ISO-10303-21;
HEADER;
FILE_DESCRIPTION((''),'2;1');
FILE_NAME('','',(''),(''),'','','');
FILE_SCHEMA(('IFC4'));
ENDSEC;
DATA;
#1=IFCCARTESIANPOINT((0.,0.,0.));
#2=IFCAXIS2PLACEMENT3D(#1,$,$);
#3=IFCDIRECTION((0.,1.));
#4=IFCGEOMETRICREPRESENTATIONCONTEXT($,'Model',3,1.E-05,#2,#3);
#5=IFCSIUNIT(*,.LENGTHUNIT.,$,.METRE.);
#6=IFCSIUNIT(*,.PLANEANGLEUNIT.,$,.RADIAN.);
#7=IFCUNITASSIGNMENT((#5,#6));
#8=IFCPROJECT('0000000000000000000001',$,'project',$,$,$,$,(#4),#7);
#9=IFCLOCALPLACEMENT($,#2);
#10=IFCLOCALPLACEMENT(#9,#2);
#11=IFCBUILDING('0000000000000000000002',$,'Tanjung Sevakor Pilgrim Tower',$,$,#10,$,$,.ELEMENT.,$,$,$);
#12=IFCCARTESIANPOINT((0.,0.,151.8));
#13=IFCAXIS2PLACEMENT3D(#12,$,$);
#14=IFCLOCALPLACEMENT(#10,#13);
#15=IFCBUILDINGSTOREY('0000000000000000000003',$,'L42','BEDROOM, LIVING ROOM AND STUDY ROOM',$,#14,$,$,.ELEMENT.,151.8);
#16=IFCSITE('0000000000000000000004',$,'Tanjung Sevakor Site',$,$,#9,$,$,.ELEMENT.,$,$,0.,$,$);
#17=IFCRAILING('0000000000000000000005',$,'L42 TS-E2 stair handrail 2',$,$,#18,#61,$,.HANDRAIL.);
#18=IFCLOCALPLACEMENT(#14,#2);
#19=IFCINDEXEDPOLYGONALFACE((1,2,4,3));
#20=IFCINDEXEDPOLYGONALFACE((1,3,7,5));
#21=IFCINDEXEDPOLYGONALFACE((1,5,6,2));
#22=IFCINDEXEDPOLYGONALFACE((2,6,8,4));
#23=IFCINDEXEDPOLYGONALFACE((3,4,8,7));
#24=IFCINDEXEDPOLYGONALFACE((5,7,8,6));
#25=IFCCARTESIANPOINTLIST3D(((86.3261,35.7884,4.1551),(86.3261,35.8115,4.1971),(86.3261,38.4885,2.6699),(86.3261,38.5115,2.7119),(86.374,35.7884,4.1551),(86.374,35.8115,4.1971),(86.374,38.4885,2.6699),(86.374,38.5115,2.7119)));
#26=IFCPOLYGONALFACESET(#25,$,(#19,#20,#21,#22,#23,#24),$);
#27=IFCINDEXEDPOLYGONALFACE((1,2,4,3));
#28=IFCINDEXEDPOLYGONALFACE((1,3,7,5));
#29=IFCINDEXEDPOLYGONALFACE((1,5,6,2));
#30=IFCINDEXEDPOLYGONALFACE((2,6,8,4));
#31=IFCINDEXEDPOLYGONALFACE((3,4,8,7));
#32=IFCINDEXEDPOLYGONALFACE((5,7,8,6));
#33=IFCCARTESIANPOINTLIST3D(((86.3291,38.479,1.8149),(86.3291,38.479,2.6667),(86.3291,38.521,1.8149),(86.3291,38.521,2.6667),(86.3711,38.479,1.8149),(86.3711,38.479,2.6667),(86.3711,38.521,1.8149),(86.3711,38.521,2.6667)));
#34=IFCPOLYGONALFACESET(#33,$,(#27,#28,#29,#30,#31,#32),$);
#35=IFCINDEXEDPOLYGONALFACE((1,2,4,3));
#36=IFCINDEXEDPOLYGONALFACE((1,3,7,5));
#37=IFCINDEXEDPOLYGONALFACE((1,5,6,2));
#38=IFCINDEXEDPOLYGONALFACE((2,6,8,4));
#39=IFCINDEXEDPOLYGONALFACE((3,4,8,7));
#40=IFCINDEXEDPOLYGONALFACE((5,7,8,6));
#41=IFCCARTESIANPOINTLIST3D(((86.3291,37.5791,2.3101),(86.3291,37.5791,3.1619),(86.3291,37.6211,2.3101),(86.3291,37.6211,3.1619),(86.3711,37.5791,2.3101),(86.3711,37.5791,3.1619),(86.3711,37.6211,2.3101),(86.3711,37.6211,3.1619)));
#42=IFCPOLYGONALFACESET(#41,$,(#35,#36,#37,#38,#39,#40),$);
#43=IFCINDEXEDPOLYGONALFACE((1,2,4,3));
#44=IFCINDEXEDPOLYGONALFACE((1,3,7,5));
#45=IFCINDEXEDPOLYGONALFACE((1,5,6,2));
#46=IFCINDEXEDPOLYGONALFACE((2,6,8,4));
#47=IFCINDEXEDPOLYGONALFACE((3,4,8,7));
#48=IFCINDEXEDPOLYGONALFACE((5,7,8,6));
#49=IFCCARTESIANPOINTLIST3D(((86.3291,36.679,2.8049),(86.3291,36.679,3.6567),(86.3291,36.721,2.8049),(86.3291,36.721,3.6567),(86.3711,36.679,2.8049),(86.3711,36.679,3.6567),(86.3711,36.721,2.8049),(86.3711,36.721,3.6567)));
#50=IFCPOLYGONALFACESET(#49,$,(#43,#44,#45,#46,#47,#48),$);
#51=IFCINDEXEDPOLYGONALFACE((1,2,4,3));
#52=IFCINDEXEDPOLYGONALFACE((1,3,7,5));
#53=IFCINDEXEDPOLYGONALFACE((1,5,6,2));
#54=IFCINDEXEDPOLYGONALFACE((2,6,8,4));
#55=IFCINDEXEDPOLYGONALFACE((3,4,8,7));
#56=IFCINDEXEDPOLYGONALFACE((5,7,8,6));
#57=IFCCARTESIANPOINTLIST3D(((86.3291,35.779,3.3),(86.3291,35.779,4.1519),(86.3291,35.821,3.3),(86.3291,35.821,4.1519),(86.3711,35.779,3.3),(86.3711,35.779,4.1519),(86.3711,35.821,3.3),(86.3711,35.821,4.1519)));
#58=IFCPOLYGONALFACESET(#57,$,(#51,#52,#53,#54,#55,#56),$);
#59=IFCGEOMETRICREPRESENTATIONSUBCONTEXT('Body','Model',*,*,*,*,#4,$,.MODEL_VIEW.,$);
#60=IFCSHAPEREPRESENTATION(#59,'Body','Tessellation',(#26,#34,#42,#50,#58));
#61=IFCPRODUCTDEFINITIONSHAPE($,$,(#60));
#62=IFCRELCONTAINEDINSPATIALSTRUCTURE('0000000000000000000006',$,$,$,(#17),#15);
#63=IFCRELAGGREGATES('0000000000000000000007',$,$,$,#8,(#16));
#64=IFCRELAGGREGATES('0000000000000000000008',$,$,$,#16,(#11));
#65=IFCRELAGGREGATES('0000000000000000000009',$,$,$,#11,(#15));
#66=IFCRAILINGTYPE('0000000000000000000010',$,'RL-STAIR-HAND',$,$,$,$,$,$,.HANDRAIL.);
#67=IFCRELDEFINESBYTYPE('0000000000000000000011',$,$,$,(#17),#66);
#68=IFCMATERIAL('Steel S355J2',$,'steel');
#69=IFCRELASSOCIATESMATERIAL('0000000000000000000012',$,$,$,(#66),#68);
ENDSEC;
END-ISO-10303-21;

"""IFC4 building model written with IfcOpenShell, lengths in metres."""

from ifc_helpers import new_model, si_unit, direction, frame, origin, place, context, subcontext, project, spatial, rectangle, extrude, material, type_object, element, save


model = new_model("IFC4")

# Units and contexts
model_context = context("Model", 3, precision=1e-05, world=origin(), true_north=direction((0.0, 1.0)))
body_context = subcontext(model_context, "Body", "Model", "MODEL_VIEW")
ifc_project = project(units=[si_unit("LENGTHUNIT", "METRE"), si_unit("PLANEANGLEUNIT", "RADIAN")], contexts=[model_context])

# Site, building, storey
site_placement = place(None, origin())
site = spatial("IfcSite", under=ifc_project, at=site_placement, Name="Tanjung Sevakor Site", CompositionType="ELEMENT", RefElevation=0.0)
building_placement = place(site_placement, origin())
building = spatial("IfcBuilding", under=site, at=building_placement, Name="Tanjung Sevakor Pilgrim Tower", CompositionType="ELEMENT")
storey_placement = place(building_placement, frame((0.0, 0.0, 151.8)))
storey = spatial("IfcBuildingStorey", under=building, at=storey_placement, Name="L42", Description="BEDROOM, LIVING ROOM AND STUDY ROOM", CompositionType="ELEMENT", Elevation=151.8)

# Railing
ifc_material_1 = material(Name="Steel S355J2", Category="steel")
railing_type_1 = type_object("IfcRailingType", Name="RL-STAIR-HAND", PredefinedType="HANDRAIL", material=ifc_material_1)
railing_1_placement = place(storey_placement, frame((86.3501, 38.5, 1.8149)))
element("IfcRailing", 1, at=railing_1_placement, inside=storey, type_object=railing_type_1, Name="L42 TS-E2 stair handrail 2", PredefinedType="HANDRAIL", context=body_context, shape_type="SweptSolid", body=[
    extrude(rectangle(XDim=0.0479, YDim=0.0479), frame((0.0, 0.0, 0.876), z_axis=(0.0, -0.876198, 0.481952), x_axis=(1.0, 0.0, 0.0)), (0.0, 0.0, 1.0), 3.0815),
    extrude(rectangle(XDim=0.042, YDim=0.042), origin(), (0.0, 0.0, 1.0), 0.8518),
    extrude(rectangle(XDim=0.042, YDim=0.042), frame((0.0, -0.8999, 0.4951)), (0.0, 0.0, 1.0), 0.8518),
    extrude(rectangle(XDim=0.042, YDim=0.042), frame((0.0, -1.8, 0.99)), (0.0, 0.0, 1.0), 0.8518),
    extrude(rectangle(XDim=0.042, YDim=0.042), frame((0.0, -2.7, 1.4851)), (0.0, 0.0, 1.0), 0.8518),
])

save(model, "model.ifc")
